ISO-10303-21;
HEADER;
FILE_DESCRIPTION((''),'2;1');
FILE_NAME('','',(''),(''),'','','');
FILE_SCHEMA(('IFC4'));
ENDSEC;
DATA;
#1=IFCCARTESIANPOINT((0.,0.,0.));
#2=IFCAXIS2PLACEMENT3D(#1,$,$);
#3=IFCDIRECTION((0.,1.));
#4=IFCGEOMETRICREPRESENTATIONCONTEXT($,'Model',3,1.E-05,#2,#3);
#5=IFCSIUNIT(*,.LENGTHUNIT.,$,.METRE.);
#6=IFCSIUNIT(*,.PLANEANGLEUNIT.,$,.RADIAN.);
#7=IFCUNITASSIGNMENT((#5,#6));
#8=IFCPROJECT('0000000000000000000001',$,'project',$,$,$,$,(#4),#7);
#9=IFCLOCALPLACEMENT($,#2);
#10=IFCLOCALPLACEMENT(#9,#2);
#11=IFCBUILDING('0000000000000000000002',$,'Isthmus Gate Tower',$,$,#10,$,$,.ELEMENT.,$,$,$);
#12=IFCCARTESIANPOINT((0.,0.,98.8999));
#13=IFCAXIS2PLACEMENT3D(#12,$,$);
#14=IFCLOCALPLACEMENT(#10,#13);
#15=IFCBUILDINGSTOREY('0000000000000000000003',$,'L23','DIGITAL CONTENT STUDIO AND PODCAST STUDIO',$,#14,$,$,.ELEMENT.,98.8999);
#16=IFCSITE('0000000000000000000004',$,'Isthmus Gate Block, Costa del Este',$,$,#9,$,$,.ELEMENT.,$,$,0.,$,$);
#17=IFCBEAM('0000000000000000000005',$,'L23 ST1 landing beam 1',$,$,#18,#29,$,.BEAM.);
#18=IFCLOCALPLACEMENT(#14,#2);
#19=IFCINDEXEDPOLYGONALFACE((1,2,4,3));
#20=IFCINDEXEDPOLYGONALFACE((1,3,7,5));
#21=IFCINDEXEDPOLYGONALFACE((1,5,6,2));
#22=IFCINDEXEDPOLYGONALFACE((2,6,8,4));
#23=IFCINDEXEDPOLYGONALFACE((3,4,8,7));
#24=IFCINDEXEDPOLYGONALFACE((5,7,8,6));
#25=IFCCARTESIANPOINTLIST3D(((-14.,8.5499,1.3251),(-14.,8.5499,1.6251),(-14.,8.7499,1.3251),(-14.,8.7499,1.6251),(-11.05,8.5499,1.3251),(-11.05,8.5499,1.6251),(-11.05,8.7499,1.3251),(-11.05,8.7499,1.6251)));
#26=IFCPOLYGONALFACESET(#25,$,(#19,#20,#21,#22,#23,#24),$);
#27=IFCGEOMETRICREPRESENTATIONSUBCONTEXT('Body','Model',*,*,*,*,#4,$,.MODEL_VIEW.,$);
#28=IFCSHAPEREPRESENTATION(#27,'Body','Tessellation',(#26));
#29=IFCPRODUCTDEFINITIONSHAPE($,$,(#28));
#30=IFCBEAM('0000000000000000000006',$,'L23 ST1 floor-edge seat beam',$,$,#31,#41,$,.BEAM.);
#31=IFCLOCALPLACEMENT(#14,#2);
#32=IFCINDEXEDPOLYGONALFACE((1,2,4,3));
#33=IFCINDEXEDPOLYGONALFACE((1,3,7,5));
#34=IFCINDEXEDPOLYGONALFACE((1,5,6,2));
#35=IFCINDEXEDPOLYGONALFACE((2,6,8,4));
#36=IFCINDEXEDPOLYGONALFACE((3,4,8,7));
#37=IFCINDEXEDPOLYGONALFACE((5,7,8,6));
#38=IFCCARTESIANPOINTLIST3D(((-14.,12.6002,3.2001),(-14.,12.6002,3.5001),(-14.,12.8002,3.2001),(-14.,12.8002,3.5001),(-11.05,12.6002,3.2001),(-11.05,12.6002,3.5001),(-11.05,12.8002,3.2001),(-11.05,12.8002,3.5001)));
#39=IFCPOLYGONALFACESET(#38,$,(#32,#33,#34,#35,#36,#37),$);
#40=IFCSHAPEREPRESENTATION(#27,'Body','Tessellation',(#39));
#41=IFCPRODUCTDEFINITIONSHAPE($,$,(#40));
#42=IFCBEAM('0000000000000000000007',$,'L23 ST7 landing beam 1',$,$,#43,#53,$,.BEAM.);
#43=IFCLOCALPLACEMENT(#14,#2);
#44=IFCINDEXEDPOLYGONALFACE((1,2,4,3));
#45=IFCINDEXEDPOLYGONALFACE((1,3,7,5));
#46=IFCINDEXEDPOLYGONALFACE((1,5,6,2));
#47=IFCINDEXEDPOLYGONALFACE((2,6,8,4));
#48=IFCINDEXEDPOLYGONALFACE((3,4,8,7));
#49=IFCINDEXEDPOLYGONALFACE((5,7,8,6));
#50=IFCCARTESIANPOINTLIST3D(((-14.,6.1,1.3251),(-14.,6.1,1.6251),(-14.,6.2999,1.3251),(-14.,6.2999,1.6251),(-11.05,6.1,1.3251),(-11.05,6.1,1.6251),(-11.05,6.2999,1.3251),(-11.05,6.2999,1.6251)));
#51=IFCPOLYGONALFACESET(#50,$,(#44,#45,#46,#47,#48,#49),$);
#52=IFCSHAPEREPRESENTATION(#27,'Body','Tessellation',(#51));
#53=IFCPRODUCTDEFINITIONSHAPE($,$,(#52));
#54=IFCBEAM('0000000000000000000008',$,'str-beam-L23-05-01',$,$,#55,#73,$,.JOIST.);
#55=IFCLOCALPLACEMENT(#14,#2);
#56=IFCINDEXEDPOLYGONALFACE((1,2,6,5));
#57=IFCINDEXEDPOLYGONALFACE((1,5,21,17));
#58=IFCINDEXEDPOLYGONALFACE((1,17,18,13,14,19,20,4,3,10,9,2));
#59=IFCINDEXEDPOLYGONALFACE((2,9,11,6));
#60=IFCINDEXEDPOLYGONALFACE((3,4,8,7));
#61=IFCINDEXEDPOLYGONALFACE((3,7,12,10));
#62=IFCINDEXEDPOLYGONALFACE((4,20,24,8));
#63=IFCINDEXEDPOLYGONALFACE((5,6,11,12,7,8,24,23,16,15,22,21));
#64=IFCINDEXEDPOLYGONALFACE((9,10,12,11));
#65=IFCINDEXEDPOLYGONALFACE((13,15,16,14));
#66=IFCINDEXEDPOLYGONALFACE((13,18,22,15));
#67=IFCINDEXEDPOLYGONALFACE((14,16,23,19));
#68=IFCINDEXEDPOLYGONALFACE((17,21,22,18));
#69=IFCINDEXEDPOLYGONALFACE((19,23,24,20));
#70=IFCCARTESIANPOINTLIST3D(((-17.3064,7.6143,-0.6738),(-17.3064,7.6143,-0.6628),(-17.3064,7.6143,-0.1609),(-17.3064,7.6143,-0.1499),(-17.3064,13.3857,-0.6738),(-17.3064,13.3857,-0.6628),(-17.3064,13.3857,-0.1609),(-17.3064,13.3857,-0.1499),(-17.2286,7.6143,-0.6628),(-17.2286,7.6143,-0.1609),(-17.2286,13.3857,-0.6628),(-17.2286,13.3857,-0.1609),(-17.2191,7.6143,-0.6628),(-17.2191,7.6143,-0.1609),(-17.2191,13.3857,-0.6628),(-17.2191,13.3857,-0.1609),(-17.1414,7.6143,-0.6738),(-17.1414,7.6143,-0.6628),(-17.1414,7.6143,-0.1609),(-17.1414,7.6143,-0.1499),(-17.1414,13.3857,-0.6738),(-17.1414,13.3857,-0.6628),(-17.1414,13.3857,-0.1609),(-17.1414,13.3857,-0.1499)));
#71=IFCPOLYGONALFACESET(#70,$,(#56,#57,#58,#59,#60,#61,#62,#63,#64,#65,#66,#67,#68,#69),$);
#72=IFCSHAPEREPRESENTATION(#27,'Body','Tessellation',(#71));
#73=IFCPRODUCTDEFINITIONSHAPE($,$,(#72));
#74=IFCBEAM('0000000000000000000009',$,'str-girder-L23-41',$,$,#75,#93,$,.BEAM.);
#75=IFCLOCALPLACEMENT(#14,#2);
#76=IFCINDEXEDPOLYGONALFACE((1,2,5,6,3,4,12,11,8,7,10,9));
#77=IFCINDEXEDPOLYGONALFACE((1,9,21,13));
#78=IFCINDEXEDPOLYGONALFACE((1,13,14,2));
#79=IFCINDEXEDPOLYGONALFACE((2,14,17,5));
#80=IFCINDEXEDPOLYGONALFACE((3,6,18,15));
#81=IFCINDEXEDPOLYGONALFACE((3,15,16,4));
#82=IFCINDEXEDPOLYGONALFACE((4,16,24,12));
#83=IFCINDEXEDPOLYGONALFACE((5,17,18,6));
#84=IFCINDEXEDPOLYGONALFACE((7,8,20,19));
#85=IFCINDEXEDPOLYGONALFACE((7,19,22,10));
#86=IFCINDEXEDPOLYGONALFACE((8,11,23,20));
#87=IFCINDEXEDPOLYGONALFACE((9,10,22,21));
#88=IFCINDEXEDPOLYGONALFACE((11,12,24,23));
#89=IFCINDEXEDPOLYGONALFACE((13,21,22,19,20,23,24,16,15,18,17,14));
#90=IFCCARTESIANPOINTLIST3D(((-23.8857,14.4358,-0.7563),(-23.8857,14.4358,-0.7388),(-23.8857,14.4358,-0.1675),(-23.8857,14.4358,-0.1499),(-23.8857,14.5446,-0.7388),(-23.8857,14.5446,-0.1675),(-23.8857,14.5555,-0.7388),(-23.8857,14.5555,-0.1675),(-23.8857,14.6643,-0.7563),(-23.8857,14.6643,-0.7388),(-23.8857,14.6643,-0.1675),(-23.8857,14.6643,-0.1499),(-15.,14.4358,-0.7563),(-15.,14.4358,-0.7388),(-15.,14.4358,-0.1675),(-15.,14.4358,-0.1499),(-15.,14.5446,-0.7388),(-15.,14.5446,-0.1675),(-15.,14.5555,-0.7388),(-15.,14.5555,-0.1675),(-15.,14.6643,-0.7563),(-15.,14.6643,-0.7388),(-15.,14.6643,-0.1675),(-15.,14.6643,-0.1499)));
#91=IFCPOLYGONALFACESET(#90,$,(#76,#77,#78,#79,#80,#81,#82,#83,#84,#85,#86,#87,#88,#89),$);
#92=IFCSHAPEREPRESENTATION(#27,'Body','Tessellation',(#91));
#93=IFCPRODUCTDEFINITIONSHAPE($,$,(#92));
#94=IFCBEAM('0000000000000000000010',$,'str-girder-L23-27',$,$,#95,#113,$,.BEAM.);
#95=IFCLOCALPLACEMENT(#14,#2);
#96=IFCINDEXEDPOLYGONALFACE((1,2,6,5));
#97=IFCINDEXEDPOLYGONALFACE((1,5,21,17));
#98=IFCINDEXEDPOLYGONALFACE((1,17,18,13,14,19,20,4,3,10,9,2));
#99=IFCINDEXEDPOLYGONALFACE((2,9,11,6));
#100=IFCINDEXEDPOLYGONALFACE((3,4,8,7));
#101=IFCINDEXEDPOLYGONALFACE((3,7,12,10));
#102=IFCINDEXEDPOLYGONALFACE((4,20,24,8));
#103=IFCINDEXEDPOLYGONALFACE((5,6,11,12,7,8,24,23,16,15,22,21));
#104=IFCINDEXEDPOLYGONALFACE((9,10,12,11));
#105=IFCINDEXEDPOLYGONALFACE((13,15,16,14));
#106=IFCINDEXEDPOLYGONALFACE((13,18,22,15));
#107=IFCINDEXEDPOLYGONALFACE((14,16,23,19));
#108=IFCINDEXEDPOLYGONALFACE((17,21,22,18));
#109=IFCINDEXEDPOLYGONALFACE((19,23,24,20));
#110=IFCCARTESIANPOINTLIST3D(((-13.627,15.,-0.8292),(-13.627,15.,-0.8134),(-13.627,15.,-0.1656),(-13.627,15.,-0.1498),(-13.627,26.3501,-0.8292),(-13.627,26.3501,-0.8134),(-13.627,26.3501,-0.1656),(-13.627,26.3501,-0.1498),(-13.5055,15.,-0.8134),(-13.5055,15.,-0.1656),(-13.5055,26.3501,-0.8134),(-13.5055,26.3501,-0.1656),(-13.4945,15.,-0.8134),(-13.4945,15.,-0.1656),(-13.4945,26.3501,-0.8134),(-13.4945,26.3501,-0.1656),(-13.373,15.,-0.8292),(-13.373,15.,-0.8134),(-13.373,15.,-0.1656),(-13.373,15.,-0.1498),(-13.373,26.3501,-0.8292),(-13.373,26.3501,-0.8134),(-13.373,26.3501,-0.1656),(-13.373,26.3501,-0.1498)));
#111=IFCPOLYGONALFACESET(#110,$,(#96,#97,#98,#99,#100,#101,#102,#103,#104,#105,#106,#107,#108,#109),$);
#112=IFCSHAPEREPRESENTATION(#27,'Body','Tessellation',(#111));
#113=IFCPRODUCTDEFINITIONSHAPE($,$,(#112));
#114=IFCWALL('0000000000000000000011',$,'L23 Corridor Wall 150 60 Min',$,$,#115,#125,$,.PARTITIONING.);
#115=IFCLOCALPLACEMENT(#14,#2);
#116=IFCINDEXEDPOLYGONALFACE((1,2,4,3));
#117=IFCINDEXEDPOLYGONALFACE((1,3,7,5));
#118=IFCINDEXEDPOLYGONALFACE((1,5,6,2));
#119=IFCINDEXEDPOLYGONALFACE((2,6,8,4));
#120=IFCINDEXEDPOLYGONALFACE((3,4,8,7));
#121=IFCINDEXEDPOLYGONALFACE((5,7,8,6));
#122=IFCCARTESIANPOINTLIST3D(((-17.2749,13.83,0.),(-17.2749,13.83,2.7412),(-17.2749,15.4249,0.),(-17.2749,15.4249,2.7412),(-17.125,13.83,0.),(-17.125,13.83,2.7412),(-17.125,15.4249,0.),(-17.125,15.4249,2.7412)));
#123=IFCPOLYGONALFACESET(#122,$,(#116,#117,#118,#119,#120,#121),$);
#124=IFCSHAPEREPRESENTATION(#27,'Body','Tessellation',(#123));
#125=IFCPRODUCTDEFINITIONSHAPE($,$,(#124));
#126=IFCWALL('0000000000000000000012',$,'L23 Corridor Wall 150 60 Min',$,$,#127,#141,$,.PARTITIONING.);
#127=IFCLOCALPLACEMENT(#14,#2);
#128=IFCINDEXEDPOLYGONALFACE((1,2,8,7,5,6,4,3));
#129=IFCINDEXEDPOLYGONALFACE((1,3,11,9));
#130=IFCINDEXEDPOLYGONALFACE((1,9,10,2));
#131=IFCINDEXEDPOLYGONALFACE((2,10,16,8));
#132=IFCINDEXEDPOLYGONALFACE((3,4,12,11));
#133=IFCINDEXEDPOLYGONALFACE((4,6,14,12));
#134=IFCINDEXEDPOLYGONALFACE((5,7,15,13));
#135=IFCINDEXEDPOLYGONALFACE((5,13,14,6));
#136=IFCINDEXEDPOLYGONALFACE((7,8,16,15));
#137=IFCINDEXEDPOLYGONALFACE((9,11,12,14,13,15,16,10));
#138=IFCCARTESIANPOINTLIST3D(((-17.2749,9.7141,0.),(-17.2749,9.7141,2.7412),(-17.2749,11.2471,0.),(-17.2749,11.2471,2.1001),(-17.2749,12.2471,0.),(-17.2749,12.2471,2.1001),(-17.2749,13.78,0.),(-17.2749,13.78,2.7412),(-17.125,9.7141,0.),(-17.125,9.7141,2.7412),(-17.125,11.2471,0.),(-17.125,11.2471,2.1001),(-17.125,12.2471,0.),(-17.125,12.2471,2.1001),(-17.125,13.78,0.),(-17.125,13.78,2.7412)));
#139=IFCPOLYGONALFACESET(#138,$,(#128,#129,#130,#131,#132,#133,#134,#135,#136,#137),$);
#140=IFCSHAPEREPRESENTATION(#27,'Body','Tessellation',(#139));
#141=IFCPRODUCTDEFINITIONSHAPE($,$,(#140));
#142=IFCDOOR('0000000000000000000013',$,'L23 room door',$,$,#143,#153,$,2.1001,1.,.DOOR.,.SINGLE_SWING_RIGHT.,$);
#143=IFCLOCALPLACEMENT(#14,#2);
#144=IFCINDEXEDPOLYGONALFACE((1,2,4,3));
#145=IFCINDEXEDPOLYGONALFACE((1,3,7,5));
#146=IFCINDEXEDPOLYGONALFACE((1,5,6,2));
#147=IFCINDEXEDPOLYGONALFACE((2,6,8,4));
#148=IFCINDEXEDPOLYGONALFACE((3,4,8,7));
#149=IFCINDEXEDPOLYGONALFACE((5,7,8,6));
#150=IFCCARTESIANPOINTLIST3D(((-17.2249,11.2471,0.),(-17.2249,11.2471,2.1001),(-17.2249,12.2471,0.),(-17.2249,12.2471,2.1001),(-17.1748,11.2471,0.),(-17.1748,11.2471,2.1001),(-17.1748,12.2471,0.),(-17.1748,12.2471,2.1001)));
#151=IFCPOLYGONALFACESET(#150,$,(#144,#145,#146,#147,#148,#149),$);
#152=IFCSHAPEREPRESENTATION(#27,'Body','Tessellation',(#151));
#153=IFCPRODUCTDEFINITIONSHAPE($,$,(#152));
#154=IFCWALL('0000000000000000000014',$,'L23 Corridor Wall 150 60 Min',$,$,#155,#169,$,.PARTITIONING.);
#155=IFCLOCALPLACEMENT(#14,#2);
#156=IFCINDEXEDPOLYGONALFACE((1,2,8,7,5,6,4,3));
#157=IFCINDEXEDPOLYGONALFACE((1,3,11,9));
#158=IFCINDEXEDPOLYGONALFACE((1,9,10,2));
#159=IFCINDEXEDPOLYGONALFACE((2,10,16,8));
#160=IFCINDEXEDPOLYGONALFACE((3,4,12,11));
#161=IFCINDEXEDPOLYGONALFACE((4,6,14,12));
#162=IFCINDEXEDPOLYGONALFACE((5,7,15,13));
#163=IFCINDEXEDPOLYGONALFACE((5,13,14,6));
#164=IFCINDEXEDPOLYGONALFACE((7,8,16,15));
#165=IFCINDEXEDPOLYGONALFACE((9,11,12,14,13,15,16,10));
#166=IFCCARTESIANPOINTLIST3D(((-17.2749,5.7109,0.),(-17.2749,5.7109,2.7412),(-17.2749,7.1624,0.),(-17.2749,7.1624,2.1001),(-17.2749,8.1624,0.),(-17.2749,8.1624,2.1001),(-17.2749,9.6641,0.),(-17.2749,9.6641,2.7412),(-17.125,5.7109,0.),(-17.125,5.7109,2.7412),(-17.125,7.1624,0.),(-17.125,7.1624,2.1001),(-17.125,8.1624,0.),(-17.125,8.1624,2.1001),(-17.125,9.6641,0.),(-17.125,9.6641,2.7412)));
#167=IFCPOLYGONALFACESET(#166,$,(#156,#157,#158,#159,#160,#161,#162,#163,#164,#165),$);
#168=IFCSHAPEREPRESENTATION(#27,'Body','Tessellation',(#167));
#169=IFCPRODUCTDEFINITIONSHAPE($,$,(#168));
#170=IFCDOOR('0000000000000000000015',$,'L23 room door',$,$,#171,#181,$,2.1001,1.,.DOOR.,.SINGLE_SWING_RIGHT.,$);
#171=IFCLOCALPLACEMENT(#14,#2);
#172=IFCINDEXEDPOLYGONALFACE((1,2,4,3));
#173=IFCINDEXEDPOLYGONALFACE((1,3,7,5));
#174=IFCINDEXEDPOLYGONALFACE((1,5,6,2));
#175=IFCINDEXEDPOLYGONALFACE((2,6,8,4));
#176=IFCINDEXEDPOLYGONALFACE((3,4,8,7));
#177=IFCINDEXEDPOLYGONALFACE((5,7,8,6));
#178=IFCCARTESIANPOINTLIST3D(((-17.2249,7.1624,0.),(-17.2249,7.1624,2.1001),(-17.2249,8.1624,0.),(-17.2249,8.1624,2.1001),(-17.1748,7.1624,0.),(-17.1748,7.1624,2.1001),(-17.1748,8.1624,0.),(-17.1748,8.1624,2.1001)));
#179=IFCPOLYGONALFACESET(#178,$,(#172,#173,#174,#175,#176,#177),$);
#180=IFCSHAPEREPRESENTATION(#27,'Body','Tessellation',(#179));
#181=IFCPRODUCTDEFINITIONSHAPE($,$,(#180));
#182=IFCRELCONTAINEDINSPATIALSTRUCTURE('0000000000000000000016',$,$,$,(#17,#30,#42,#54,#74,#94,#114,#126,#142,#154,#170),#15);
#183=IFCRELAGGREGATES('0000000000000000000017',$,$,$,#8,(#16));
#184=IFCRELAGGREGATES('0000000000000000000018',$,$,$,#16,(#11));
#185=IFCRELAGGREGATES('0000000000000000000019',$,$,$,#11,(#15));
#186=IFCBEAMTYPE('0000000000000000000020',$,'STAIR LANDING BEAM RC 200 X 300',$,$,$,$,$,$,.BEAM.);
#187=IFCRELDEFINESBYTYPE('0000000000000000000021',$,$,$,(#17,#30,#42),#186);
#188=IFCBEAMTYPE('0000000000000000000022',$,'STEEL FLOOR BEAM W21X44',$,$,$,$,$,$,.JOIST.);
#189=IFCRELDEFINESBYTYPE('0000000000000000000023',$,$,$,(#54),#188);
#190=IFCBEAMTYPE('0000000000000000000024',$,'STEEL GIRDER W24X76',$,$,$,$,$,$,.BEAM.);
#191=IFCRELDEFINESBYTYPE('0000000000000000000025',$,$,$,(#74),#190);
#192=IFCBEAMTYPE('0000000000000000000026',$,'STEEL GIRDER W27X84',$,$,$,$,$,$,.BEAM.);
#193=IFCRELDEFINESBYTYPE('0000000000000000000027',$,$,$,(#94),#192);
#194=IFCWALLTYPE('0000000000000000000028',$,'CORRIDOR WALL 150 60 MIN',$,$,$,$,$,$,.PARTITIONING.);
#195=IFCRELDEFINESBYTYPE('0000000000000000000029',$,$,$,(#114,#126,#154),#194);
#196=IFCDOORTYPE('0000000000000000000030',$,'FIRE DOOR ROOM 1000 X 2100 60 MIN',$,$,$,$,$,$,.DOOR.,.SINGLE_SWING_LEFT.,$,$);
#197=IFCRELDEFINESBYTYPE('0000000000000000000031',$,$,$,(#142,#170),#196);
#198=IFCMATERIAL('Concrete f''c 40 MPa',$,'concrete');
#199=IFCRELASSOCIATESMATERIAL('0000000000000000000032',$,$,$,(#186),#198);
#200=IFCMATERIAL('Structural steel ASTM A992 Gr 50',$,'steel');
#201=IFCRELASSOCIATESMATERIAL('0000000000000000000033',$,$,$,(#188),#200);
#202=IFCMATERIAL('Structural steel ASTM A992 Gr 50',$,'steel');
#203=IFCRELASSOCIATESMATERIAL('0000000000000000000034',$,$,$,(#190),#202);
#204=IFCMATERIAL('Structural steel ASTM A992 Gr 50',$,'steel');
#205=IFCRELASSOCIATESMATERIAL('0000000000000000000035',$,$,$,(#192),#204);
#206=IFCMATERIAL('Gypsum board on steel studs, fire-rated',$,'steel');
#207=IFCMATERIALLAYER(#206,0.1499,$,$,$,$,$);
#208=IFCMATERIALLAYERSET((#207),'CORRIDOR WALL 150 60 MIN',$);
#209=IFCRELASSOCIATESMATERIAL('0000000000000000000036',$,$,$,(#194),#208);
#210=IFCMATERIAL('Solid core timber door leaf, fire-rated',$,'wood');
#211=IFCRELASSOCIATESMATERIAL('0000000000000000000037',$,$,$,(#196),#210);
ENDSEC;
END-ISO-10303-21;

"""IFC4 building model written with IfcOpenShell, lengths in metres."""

from ifc_helpers import new_model, si_unit, direction, frame, frame_2d, origin, origin_2d, place, context, subcontext, project, spatial, rectangle, i_section, extrude, material, layer, layer_set, material_profile, profile_set, type_object, element, fill, save


model = new_model("IFC4")

# Units and contexts
model_context = context("Model", 3, precision=1e-05, world=origin(), true_north=direction((0.0, 1.0)))
body_context = subcontext(model_context, "Body", "Model", "MODEL_VIEW")
ifc_project = project(units=[si_unit("LENGTHUNIT", "METRE"), si_unit("PLANEANGLEUNIT", "RADIAN")], contexts=[model_context])

# Site, building, storey
site_placement = place(None, origin())
site = spatial("IfcSite", under=ifc_project, at=site_placement, Name="Isthmus Gate Block, Costa del Este", CompositionType="ELEMENT", RefElevation=0.0)
building_placement = place(site_placement, origin())
building = spatial("IfcBuilding", under=site, at=building_placement, Name="Isthmus Gate Tower", CompositionType="ELEMENT")
storey_placement = place(building_placement, frame((0.0, 0.0, 98.8999)))
storey = spatial("IfcBuildingStorey", under=building, at=storey_placement, Name="L23", Description="DIGITAL CONTENT STUDIO AND PODCAST STUDIO", CompositionType="ELEMENT", Elevation=98.8999)

# Beams
ifc_material_1 = material(Name="Concrete f'c 40 MPa", Category="concrete")
ifc_material_profile_1 = material_profile(ifc_material_1, rectangle(XDim=0.2, YDim=0.3, at=origin_2d()), Name="STAIR LANDING BEAM RC 200 X 300")
ifc_profile_set_1 = profile_set([ifc_material_profile_1], Name="Concrete f'c 40 MPa")
beam_type_1 = type_object("IfcBeamType", Name="STAIR LANDING BEAM RC 200 X 300", PredefinedType="BEAM", material=ifc_profile_set_1)
for number, where, z_axis, x_axis, name in (
    (1, (-14.0, 8.6499, 1.4751), (1.0, 0.0, 0.0), (0.0, 1.0, 0.0), "L23 ST1 landing beam 1"),
    (2, (-14.0, 12.7002, 3.3501), (1.0, 0.0, 0.0), (0.0, 1.0, 0.0), "L23 ST1 floor-edge seat beam"),
    (3, (-14.0, 6.2, 1.4751), (1.0, 0.0, 0.0), (0.0, 1.0, 0.0), "L23 ST7 landing beam 1"),
):
    element("IfcBeam", number, at=place(storey_placement, frame(where, z_axis=z_axis, x_axis=x_axis)), inside=storey, type_object=beam_type_1, Name=name, PredefinedType="BEAM", context=body_context, shape_type="SweptSolid", body=[
        extrude(rectangle(XDim=0.2, YDim=0.3, at=origin_2d()), origin(), (0.0, 0.0, 1.0), 2.95),
    ])
ifc_material_2 = material(Name="Structural steel ASTM A992 Gr 50", Category="steel")
ifc_material_profile_2 = material_profile(ifc_material_2, i_section(OverallWidth=0.165, OverallDepth=0.5239, WebThickness=0.0095, FlangeThickness=0.011, at=origin_2d()), Name="W21X44")
ifc_profile_set_2 = profile_set([ifc_material_profile_2], Name="Structural steel ASTM A992 Gr 50")
beam_type_2 = type_object("IfcBeamType", Name="STEEL FLOOR BEAM W21X44", PredefinedType="JOIST", material=ifc_profile_set_2)
beam_1_placement = place(storey_placement, frame((-17.2239, 7.6143, -0.4119), z_axis=(0.0, 1.0, 0.0), x_axis=(-1.0, 0.0, 0.0)))
element("IfcBeam", 4, at=beam_1_placement, inside=storey, type_object=beam_type_2, Name="str-beam-L23-05-01", PredefinedType="JOIST", context=body_context, shape_type="SweptSolid", body=[
    extrude(i_section(OverallWidth=0.165, OverallDepth=0.5239, WebThickness=0.0095, FlangeThickness=0.011, at=origin_2d()), origin(), (0.0, 0.0, 1.0), 5.7715),
])
ifc_material_3 = material(Name="Structural steel ASTM A992 Gr 50", Category="steel")
ifc_material_profile_3 = material_profile(ifc_material_3, i_section(OverallWidth=0.2285, OverallDepth=0.6064, WebThickness=0.011, FlangeThickness=0.0176, at=origin_2d()), Name="W24X76")
ifc_profile_set_3 = profile_set([ifc_material_profile_3], Name="Structural steel ASTM A992 Gr 50")
beam_type_3 = type_object("IfcBeamType", Name="STEEL GIRDER W24X76", PredefinedType="BEAM", material=ifc_profile_set_3)
beam_2_placement = place(storey_placement, frame((-15.0, 14.55, -0.4531), z_axis=(-1.0, 0.0, 0.0), x_axis=(0.0, -1.0, 0.0)))
element("IfcBeam", 5, at=beam_2_placement, inside=storey, type_object=beam_type_3, Name="str-girder-L23-41", PredefinedType="BEAM", context=body_context, shape_type="SweptSolid", body=[
    extrude(i_section(OverallWidth=0.2285, OverallDepth=0.6064, WebThickness=0.011, FlangeThickness=0.0176, at=origin_2d()), origin(), (0.0, 0.0, 1.0), 8.8857),
])
ifc_material_4 = material(Name="Structural steel ASTM A992 Gr 50", Category="steel")
ifc_material_profile_4 = material_profile(ifc_material_4, i_section(OverallWidth=0.2539, OverallDepth=0.6794, WebThickness=0.011, FlangeThickness=0.0159, at=origin_2d()), Name="W27X84")
ifc_profile_set_4 = profile_set([ifc_material_profile_4], Name="Structural steel ASTM A992 Gr 50")
beam_type_4 = type_object("IfcBeamType", Name="STEEL GIRDER W27X84", PredefinedType="BEAM", material=ifc_profile_set_4)
beam_3_placement = place(storey_placement, frame((-13.5, 15.0, -0.4895), z_axis=(0.0, 1.0, 0.0), x_axis=(-1.0, 0.0, 0.0)))
element("IfcBeam", 6, at=beam_3_placement, inside=storey, type_object=beam_type_4, Name="str-girder-L23-27", PredefinedType="BEAM", context=body_context, shape_type="SweptSolid", body=[
    extrude(i_section(OverallWidth=0.2539, OverallDepth=0.6794, WebThickness=0.011, FlangeThickness=0.0159, at=origin_2d()), origin(), (0.0, 0.0, 1.0), 11.3501),
])

# Wall
ifc_material_5 = material(Name="Gypsum board on steel studs, fire-rated", Category="steel")
ifc_layer_1 = layer(ifc_material_5, 0.1499)
ifc_layer_set_1 = layer_set([ifc_layer_1], Name="CORRIDOR WALL 150 60 MIN")
wall_type_1 = type_object("IfcWallType", Name="CORRIDOR WALL 150 60 MIN", PredefinedType="PARTITIONING", material=ifc_layer_set_1)
wall_1_placement = place(storey_placement, frame((-17.2, 13.8301, 0.0), z_axis=(0.0, 0.0, 1.0), x_axis=(0.0, 1.0, 0.0)))
element("IfcWall", 7, at=wall_1_placement, inside=storey, type_object=wall_type_1, Name="L23 Corridor Wall 150 60 Min", PredefinedType="PARTITIONING", context=body_context, shape_type="SweptSolid", body=[
    extrude(rectangle(XDim=1.595, YDim=0.1499, at=frame_2d((0.7974, 0.0))), origin(), (0.0, 0.0, 1.0), 2.7412),
])

# Walls, openings, doors
wall_2_placement = place(storey_placement, frame((-17.2, 9.7141, 0.0), z_axis=(0.0, 0.0, 1.0), x_axis=(0.0, 1.0, 0.0)))
wall_2 = element("IfcWall", 8, at=wall_2_placement, inside=storey, type_object=wall_type_1, Name="L23 Corridor Wall 150 60 Min", PredefinedType="PARTITIONING", context=body_context, shape_type="SweptSolid", body=[
    extrude(rectangle(XDim=4.0659, YDim=0.1499, at=frame_2d((2.033, 0.0))), origin(), (0.0, 0.0, 1.0), 2.7412),
])
opening_1_placement = place(wall_2_placement, frame((1.533, 0.0, 0.0)))
opening_1 = element("IfcOpeningElement", 9, at=opening_1_placement, cuts=wall_2, PredefinedType="OPENING", context=body_context, shape_type="SweptSolid", body=[
    extrude(rectangle(XDim=1.0, YDim=2.1001, at=frame_2d((0.5, 1.05))), frame((0.0, 0.085, 0.0), z_axis=(0.0, -1.0, 0.0), x_axis=(1.0, 0.0, 0.0)), (0.0, 0.0, 1.0), 0.1699),
])
ifc_material_6 = material(Name="Solid core timber door leaf, fire-rated", Category="wood")
door_type_1 = type_object("IfcDoorType", Name="FIRE DOOR ROOM 1000 X 2100 60 MIN", OperationType="SINGLE_SWING_LEFT", PredefinedType="DOOR", material=ifc_material_6)
door_1_placement = place(opening_1_placement, origin())
door_1 = element("IfcDoor", 10, at=door_1_placement, inside=storey, type_object=door_type_1, Name="L23 room door", OperationType="SINGLE_SWING_RIGHT", OverallHeight=2.1001, OverallWidth=1.0, PredefinedType="DOOR", context=body_context, shape_type="SweptSolid", body=[
    extrude(rectangle(XDim=1.0, YDim=2.1001, at=frame_2d((0.5, 1.05))), frame((0.0, 0.0249, 0.0), z_axis=(0.0, -1.0, 0.0), x_axis=(1.0, 0.0, 0.0)), (0.0, 0.0, 1.0), 0.05),
])
fill(opening_1, door_1)
wall_3_placement = place(storey_placement, frame((-17.2, 5.7109, 0.0), z_axis=(0.0, 0.0, 1.0), x_axis=(0.0, 1.0, 0.0)))
wall_3 = element("IfcWall", 11, at=wall_3_placement, inside=storey, type_object=wall_type_1, Name="L23 Corridor Wall 150 60 Min", PredefinedType="PARTITIONING", context=body_context, shape_type="SweptSolid", body=[
    extrude(rectangle(XDim=3.9531, YDim=0.1499, at=frame_2d((1.9766, 0.0))), origin(), (0.0, 0.0, 1.0), 2.7412),
])
opening_2_placement = place(wall_3_placement, frame((1.4514, 0.0, 0.0)))
opening_2 = element("IfcOpeningElement", 12, at=opening_2_placement, cuts=wall_3, PredefinedType="OPENING", context=body_context, shape_type="SweptSolid", body=[
    extrude(rectangle(XDim=1.0, YDim=2.1001, at=frame_2d((0.5, 1.05))), frame((0.0, 0.085, 0.0), z_axis=(0.0, -1.0, 0.0), x_axis=(1.0, 0.0, 0.0)), (0.0, 0.0, 1.0), 0.1699),
])
door_2_placement = place(opening_2_placement, origin())
door_2 = element("IfcDoor", 13, at=door_2_placement, inside=storey, type_object=door_type_1, Name="L23 room door", OperationType="SINGLE_SWING_RIGHT", OverallHeight=2.1001, OverallWidth=1.0, PredefinedType="DOOR", context=body_context, shape_type="SweptSolid", body=[
    extrude(rectangle(XDim=1.0, YDim=2.1001, at=frame_2d((0.5, 1.05))), frame((0.0, 0.0249, 0.0), z_axis=(0.0, -1.0, 0.0), x_axis=(1.0, 0.0, 0.0)), (0.0, 0.0, 1.0), 0.05),
])
fill(opening_2, door_2)

save(model, "model.ifc")
